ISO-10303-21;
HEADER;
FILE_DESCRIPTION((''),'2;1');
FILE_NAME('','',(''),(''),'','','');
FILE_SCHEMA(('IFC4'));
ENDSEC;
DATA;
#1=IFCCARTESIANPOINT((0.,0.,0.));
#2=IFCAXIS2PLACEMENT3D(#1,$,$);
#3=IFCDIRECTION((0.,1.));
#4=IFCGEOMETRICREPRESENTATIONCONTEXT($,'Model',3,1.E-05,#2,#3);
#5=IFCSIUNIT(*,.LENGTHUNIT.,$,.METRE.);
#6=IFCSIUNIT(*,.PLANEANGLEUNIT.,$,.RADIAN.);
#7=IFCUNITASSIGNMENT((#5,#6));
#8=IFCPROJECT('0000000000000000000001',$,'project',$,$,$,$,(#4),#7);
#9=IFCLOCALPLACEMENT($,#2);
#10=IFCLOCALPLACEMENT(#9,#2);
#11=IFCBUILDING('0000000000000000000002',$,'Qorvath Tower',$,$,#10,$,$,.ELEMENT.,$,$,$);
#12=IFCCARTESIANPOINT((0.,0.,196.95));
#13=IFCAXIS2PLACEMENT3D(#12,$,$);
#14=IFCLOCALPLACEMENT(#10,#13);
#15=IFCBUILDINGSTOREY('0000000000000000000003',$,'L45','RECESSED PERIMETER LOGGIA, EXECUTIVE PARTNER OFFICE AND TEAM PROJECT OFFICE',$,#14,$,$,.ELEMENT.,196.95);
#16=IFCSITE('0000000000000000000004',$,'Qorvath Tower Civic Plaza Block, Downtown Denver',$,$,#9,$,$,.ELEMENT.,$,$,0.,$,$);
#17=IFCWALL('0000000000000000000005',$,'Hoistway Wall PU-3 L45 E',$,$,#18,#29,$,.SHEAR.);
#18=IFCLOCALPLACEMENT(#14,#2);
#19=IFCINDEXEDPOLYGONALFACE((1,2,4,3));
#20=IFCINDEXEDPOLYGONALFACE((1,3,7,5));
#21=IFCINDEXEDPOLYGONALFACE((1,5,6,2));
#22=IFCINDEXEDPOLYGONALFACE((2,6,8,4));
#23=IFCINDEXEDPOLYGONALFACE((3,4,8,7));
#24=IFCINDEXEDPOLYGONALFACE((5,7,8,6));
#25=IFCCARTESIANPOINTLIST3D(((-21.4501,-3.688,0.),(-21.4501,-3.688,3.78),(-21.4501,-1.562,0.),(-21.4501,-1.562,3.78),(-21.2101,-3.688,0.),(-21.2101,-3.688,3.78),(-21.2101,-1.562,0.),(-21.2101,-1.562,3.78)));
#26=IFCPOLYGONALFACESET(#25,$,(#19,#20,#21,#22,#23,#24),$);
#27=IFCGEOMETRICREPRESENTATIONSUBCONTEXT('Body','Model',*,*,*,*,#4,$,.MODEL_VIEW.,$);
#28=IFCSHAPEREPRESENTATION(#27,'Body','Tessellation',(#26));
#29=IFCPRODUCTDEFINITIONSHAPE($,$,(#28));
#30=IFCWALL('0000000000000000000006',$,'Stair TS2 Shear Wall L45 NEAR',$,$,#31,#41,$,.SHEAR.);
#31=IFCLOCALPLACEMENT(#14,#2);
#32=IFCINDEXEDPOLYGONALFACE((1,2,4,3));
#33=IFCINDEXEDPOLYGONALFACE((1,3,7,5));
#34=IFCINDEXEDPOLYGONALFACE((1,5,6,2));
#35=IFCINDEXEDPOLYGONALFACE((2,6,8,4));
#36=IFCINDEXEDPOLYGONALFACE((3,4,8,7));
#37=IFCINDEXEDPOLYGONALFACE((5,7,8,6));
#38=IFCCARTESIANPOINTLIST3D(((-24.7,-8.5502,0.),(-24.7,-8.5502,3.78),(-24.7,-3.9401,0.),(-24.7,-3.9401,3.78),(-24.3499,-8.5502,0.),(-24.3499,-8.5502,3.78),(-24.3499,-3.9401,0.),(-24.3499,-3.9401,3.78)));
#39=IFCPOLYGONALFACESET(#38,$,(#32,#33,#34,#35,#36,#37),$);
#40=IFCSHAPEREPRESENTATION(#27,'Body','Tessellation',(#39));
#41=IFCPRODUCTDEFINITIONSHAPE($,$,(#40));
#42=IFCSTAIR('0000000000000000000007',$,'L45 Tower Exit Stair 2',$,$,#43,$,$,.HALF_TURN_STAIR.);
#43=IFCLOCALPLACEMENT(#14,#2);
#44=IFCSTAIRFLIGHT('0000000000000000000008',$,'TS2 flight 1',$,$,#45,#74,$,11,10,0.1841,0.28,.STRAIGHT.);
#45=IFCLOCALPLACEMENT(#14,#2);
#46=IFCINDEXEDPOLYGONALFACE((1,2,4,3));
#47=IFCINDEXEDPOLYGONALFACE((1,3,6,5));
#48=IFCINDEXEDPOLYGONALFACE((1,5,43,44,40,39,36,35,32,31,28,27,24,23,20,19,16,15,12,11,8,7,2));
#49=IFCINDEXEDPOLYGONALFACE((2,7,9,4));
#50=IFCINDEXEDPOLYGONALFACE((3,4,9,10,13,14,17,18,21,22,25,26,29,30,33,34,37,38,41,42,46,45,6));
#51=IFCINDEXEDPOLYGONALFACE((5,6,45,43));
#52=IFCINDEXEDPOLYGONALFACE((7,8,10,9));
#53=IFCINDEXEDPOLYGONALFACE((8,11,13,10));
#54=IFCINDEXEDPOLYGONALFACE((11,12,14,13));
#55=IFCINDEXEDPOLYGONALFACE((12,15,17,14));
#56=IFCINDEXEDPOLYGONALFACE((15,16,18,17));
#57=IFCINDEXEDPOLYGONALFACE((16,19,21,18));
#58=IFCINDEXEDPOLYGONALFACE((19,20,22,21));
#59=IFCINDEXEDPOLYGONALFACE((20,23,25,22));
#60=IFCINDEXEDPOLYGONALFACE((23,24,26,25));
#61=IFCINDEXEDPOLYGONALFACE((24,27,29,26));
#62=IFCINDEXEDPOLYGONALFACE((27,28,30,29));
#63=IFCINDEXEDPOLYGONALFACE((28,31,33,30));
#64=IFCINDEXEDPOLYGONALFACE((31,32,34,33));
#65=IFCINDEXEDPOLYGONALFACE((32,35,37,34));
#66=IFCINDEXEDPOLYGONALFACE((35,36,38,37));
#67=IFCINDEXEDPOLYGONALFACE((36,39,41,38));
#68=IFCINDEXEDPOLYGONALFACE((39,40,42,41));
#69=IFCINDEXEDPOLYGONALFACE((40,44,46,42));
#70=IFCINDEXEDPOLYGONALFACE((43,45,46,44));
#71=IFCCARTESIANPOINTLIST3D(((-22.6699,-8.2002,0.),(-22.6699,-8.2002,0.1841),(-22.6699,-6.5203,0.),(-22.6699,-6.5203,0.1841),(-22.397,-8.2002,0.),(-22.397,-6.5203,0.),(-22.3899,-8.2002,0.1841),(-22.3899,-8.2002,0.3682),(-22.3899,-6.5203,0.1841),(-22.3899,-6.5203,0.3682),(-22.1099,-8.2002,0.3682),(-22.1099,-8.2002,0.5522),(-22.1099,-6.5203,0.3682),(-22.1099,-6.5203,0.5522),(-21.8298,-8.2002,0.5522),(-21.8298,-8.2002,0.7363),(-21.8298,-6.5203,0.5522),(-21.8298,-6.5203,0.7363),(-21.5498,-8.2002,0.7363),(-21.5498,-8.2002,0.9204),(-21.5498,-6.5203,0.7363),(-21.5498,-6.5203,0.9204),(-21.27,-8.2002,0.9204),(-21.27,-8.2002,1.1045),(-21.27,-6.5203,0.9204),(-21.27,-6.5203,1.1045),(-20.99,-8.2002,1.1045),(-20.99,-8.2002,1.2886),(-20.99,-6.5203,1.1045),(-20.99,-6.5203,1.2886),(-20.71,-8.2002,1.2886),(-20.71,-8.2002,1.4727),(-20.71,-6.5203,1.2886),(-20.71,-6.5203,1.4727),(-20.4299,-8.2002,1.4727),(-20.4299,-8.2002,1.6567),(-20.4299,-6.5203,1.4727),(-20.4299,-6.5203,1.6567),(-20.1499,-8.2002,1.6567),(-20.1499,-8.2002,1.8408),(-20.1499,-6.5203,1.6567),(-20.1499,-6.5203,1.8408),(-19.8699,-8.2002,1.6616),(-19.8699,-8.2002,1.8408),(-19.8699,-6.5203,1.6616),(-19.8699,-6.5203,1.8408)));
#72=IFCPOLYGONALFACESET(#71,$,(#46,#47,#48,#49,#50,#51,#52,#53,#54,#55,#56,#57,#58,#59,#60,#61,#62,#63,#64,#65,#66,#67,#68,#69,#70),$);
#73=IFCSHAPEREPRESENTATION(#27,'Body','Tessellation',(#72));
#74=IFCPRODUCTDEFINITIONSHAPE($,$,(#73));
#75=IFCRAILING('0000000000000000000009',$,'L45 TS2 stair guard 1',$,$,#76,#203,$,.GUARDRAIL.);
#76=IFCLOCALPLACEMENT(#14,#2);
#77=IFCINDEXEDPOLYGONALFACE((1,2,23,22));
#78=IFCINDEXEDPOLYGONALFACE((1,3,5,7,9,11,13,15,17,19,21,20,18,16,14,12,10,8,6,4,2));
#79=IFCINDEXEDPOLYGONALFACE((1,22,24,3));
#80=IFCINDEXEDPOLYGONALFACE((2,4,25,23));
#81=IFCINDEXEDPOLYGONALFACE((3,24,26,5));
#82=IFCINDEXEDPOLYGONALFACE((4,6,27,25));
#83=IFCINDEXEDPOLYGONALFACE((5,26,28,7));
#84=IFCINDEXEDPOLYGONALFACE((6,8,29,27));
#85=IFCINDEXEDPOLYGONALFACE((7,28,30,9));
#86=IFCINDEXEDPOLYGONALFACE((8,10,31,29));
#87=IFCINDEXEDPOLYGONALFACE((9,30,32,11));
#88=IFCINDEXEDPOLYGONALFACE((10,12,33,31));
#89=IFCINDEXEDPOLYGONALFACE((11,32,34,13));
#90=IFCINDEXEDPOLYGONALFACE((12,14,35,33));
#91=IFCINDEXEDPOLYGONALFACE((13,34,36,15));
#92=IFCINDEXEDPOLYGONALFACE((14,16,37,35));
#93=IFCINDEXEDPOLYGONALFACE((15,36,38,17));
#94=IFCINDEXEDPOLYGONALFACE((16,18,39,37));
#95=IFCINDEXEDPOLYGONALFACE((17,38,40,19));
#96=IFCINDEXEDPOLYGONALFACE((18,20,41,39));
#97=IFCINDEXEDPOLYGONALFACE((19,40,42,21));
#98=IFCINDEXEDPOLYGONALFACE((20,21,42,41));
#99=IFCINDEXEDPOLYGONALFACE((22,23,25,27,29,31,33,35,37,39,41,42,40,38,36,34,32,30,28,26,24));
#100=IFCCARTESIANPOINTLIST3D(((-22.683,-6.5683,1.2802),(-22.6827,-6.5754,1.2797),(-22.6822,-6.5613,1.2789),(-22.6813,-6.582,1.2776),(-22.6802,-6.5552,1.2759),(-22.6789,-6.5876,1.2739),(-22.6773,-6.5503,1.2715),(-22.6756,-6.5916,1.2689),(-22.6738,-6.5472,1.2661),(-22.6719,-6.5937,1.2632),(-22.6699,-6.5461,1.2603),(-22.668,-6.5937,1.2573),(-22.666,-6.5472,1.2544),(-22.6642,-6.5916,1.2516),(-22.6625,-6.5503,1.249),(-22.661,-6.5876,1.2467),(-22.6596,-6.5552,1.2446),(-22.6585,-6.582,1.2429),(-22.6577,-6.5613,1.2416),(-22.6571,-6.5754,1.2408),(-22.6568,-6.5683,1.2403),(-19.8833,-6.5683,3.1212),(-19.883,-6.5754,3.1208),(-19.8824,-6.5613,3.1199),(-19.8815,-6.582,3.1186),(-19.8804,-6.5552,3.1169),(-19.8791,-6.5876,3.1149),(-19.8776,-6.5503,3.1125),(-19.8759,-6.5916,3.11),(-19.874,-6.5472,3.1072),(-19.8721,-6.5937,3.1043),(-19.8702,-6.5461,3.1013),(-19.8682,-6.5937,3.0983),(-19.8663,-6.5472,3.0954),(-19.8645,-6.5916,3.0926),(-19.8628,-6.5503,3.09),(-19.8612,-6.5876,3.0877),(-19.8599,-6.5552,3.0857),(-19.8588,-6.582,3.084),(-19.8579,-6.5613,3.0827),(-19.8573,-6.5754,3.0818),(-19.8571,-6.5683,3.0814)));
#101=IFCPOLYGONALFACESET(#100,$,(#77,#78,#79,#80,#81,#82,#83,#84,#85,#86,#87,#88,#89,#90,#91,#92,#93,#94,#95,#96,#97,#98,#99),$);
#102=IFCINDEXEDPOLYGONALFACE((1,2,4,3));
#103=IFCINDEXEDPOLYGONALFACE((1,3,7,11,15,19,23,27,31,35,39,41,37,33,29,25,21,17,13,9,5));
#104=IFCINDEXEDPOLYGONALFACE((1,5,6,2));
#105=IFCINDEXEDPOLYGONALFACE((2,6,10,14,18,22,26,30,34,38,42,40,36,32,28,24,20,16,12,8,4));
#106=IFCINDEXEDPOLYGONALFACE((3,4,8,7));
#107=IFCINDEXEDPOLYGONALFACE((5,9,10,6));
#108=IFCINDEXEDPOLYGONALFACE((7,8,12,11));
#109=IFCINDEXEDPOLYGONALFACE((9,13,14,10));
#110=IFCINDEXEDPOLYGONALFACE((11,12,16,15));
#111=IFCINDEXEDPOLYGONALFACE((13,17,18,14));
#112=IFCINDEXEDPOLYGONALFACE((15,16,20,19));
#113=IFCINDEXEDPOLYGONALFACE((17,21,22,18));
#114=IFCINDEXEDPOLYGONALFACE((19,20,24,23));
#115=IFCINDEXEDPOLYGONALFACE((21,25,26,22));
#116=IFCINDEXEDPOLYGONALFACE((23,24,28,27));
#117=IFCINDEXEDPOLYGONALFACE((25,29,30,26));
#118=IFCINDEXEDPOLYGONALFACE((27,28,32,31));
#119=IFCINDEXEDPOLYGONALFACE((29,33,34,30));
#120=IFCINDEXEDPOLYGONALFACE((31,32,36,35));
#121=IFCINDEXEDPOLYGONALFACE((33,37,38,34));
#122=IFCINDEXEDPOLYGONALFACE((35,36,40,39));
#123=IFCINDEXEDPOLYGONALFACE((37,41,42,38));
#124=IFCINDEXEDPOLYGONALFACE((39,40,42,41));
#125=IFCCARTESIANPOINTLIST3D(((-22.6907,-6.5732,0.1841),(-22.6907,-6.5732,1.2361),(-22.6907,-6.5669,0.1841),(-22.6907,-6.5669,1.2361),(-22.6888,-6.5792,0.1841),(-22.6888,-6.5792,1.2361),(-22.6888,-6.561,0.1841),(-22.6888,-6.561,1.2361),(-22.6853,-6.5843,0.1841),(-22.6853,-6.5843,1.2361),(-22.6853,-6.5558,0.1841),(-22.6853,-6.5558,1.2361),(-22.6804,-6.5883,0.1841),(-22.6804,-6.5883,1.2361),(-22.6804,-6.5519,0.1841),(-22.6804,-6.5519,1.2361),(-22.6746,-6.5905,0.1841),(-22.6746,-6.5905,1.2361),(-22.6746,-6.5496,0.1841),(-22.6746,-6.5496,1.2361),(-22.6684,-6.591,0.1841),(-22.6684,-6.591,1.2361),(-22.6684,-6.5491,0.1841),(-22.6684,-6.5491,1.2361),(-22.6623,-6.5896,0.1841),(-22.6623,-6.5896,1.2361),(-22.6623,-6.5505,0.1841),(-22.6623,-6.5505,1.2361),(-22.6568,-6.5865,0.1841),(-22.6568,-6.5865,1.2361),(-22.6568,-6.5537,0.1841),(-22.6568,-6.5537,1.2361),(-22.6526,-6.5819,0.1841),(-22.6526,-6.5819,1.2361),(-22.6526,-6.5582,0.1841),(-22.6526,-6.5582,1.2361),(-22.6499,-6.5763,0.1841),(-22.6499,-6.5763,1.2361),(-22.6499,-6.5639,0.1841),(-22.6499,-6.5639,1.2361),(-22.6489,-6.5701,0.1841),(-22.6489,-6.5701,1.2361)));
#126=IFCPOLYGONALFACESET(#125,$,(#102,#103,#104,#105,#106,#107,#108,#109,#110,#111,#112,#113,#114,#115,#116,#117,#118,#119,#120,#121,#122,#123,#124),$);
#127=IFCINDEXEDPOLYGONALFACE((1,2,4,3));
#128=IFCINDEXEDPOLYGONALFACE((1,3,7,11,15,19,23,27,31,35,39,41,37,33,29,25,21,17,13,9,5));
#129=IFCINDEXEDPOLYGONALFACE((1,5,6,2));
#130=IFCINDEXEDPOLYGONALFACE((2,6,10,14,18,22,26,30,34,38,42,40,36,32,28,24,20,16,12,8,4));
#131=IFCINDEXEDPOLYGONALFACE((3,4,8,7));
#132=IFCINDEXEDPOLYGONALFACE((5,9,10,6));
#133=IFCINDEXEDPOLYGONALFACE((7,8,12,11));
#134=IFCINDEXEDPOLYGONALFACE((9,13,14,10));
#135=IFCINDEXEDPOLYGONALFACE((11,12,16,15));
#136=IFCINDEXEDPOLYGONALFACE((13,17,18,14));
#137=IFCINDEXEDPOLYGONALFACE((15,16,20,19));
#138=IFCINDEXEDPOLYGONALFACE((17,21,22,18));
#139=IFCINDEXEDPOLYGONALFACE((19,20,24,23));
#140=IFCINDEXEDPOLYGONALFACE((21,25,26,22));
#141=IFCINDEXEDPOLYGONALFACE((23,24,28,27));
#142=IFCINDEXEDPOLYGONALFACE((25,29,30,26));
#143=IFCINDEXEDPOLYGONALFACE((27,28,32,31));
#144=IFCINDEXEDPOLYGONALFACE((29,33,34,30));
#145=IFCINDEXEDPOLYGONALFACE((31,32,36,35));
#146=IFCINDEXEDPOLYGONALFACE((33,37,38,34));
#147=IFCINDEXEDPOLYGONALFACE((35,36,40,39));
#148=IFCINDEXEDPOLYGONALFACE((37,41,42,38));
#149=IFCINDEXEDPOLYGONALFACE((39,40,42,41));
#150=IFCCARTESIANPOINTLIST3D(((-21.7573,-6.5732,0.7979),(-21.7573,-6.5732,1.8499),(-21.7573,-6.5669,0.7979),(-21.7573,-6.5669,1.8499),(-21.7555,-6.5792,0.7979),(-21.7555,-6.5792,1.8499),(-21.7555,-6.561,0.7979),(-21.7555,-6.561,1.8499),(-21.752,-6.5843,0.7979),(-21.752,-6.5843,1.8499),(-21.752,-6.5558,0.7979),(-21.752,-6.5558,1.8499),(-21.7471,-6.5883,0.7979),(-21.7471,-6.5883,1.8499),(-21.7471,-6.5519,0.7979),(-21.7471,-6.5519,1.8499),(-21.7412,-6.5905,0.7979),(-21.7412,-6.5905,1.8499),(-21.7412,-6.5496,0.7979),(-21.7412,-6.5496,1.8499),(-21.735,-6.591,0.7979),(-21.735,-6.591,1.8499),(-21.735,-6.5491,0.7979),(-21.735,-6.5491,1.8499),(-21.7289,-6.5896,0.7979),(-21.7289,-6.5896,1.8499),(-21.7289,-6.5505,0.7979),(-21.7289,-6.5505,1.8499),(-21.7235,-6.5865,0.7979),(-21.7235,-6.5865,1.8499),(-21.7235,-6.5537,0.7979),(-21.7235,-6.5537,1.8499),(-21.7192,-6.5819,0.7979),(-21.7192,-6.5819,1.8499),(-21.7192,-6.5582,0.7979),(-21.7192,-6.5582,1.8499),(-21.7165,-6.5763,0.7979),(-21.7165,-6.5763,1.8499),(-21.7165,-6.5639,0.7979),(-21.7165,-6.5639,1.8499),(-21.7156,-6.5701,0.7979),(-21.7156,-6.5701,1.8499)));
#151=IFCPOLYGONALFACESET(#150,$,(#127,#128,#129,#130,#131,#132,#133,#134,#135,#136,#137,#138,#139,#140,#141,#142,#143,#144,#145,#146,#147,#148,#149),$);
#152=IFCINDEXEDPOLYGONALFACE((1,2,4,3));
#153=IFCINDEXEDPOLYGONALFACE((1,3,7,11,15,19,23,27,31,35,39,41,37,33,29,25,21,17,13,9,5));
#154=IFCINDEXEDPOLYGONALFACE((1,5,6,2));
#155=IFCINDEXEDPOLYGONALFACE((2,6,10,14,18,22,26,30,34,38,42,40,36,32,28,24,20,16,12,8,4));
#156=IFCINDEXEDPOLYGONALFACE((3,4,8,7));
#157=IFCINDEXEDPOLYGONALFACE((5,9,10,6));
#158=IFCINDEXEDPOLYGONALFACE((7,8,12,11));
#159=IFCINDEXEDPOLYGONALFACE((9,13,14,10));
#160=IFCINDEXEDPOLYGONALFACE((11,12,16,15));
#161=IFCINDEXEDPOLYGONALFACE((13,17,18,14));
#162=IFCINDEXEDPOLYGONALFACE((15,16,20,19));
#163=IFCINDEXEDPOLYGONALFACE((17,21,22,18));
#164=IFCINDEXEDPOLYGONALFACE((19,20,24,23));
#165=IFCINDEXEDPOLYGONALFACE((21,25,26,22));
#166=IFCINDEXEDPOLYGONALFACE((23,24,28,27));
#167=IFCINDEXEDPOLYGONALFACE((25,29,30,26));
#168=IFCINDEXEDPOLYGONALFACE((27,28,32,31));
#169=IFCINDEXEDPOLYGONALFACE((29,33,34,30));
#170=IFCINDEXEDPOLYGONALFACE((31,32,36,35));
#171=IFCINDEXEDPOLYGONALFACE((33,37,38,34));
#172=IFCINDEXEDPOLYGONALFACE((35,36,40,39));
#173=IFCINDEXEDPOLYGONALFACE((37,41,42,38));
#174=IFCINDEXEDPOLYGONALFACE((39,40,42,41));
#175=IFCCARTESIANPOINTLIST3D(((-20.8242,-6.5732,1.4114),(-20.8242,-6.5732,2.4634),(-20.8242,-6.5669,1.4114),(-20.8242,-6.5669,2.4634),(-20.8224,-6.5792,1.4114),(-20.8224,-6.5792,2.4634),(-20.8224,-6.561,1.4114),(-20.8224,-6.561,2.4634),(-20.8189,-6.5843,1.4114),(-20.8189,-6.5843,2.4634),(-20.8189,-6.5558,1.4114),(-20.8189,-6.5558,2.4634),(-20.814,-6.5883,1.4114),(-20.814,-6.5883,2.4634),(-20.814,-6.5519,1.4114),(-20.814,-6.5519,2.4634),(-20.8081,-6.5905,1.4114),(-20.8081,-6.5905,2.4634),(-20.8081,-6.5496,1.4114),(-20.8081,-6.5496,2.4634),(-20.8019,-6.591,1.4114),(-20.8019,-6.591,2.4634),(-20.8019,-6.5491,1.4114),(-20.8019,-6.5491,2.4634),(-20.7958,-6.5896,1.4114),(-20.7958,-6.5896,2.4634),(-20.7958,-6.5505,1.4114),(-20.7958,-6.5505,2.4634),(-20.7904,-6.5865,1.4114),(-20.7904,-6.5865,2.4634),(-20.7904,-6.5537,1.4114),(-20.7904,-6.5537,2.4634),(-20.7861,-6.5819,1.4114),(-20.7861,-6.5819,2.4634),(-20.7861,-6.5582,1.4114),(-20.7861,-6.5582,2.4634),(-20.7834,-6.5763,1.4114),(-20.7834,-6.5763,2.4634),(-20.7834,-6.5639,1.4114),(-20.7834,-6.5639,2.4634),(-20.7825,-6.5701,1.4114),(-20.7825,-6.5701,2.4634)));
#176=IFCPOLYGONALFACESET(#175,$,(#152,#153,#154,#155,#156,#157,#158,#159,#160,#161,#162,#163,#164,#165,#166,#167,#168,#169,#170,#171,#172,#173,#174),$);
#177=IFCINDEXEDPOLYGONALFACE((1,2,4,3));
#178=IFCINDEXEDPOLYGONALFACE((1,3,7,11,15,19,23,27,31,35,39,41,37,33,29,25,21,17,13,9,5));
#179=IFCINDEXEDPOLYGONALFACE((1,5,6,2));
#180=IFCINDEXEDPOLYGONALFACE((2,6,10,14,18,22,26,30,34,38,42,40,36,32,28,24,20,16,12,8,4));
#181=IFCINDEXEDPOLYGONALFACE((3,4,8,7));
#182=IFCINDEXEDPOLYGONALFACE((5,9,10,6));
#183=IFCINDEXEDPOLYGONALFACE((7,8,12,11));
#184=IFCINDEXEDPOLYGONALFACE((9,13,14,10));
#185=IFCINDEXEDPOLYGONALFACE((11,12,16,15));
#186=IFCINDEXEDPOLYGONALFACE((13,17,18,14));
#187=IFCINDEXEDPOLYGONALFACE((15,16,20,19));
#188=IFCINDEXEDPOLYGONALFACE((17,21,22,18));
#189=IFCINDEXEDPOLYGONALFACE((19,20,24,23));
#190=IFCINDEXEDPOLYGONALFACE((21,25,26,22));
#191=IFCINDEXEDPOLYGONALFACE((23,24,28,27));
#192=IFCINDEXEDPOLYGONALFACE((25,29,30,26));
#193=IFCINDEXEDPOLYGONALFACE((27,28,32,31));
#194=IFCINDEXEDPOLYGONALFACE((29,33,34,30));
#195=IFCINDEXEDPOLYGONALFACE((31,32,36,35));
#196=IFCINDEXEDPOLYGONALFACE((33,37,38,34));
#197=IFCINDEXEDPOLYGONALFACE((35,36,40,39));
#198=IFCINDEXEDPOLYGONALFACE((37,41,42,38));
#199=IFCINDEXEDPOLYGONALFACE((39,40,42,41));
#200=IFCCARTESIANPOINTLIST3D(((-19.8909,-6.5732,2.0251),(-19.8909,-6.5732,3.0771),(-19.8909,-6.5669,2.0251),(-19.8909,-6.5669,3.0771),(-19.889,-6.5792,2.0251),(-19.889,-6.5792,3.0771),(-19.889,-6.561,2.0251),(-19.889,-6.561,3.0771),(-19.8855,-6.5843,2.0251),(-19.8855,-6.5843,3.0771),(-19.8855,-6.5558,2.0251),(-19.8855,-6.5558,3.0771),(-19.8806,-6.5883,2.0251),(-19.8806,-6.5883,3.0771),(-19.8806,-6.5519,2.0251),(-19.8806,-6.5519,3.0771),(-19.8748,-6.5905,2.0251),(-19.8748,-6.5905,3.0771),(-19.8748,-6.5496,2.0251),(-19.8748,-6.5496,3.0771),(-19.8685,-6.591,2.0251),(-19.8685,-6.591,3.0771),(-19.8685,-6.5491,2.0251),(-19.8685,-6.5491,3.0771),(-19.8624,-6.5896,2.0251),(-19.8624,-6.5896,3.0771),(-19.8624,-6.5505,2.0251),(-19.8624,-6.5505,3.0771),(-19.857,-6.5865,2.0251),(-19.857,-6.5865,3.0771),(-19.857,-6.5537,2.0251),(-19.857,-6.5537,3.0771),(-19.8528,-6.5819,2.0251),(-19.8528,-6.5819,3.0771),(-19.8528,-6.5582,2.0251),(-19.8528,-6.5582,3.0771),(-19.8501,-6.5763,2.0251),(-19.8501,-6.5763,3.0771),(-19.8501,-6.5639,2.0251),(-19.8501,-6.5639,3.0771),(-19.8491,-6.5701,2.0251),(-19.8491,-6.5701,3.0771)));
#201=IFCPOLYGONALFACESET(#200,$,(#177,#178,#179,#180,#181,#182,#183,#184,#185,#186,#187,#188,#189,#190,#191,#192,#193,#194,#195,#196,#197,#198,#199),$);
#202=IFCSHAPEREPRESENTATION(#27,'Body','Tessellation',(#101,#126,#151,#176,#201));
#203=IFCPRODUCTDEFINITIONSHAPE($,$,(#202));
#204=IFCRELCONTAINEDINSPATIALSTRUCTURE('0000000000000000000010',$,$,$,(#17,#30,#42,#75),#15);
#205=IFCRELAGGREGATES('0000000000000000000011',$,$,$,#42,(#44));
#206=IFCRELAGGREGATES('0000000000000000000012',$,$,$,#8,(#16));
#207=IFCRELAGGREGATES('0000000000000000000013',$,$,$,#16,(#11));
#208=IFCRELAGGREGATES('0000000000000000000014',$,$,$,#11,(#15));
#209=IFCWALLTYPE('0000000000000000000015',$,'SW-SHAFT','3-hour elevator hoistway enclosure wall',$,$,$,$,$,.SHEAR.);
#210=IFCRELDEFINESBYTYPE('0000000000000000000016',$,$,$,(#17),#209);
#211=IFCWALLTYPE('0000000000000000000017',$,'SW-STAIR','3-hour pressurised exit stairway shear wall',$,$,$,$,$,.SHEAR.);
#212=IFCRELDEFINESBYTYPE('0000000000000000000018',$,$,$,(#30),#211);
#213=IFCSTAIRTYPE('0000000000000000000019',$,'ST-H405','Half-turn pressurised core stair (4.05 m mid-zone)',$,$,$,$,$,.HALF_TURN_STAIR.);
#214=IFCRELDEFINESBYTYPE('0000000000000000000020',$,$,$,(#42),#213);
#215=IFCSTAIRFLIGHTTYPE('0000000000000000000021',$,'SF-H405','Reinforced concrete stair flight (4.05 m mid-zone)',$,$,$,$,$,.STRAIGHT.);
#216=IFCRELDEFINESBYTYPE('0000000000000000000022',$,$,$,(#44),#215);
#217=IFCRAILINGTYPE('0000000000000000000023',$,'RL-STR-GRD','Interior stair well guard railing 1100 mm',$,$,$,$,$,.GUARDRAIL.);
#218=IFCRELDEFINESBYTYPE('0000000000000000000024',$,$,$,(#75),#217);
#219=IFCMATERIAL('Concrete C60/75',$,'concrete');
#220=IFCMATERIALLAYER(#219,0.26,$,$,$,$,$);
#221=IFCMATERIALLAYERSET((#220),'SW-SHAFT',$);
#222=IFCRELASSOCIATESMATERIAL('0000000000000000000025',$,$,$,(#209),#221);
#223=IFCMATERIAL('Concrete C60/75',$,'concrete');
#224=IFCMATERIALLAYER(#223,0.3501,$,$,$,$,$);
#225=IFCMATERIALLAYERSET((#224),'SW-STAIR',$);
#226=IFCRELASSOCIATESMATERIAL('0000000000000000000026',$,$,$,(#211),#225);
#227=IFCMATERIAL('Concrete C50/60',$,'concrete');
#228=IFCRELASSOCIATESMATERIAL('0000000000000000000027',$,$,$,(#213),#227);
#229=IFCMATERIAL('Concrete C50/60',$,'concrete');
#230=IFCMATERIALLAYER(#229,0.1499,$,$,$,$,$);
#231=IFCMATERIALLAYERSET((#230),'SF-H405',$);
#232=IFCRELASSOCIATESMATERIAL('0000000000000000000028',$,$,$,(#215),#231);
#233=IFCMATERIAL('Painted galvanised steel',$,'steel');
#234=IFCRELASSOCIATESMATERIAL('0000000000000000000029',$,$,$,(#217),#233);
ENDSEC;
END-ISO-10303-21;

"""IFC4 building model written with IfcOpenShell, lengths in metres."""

from ifc_helpers import new_model, si_unit, direction, frame, frame_2d, origin, origin_2d, place, context, subcontext, project, spatial, polyline, rectangle, circle, outline, extrude, material, layer, layer_set, type_object, element, aggregate, save


model = new_model("IFC4")

# Units and contexts
model_context = context("Model", 3, precision=1e-05, world=origin(), true_north=direction((0.0, 1.0)))
body_context = subcontext(model_context, "Body", "Model", "MODEL_VIEW")
ifc_project = project(units=[si_unit("LENGTHUNIT", "METRE"), si_unit("PLANEANGLEUNIT", "RADIAN")], contexts=[model_context])

# Site, building, storey
site_placement = place(None, origin())
site = spatial("IfcSite", under=ifc_project, at=site_placement, Name="Qorvath Tower Civic Plaza Block, Downtown Denver", CompositionType="ELEMENT", RefElevation=0.0)
building_placement = place(site_placement, origin())
building = spatial("IfcBuilding", under=site, at=building_placement, Name="Qorvath Tower", CompositionType="ELEMENT")
storey_placement = place(building_placement, frame((0.0, 0.0, 196.95)))
storey = spatial("IfcBuildingStorey", under=building, at=storey_placement, Name="L45", Description="RECESSED PERIMETER LOGGIA, EXECUTIVE PARTNER OFFICE AND TEAM PROJECT OFFICE", CompositionType="ELEMENT", Elevation=196.95)

# Shared definitions
ifc_material_1 = material(Name="Concrete C60/75", Category="concrete")
ifc_layer_1 = layer(ifc_material_1, 0.26)
ifc_layer_set_1 = layer_set([ifc_layer_1], Name="SW-SHAFT")
wall_type_1 = type_object("IfcWallType", Name="SW-SHAFT", Description="3-hour elevator hoistway enclosure wall", PredefinedType="SHEAR", material=ifc_layer_set_1)

# Walls
wall_1_placement = place(storey_placement, frame((-21.3301, -1.562, 0.0), z_axis=(0.0, 0.0, 1.0), x_axis=(0.0, -1.0, 0.0)))
element("IfcWall", 1, at=wall_1_placement, inside=storey, type_object=wall_type_1, Name="Hoistway Wall PU-3 L45 E", PredefinedType="SHEAR", context=body_context, shape_type="SweptSolid", body=[
    extrude(rectangle(XDim=2.126, YDim=0.24, at=frame_2d((1.063, 0.0))), origin(), (0.0, 0.0, 1.0), 3.78),
])
ifc_material_2 = material(Name="Concrete C60/75", Category="concrete")
ifc_layer_2 = layer(ifc_material_2, 0.3501)
ifc_layer_set_2 = layer_set([ifc_layer_2], Name="SW-STAIR")
wall_type_2 = type_object("IfcWallType", Name="SW-STAIR", Description="3-hour pressurised exit stairway shear wall", PredefinedType="SHEAR", material=ifc_layer_set_2)
wall_2_placement = place(storey_placement, frame((-24.5249, -3.9399, 0.0), z_axis=(0.0, 0.0, 1.0), x_axis=(0.0, -1.0, 0.0)))
element("IfcWall", 2, at=wall_2_placement, inside=storey, type_object=wall_type_2, Name="Stair TS2 Shear Wall L45 NEAR", PredefinedType="SHEAR", context=body_context, shape_type="SweptSolid", body=[
    extrude(rectangle(XDim=4.6101, YDim=0.3501, at=frame_2d((2.3052, 0.0))), origin(), (0.0, 0.0, 1.0), 3.78),
])

# Stair, stair flight
ifc_material_3 = material(Name="Concrete C50/60", Category="concrete")
stair_type = type_object("IfcStairType", Name="ST-H405", Description="Half-turn pressurised core stair (4.05 m mid-zone)", PredefinedType="HALF_TURN_STAIR", material=ifc_material_3)
stair_placement = place(storey_placement, origin())
stair = element("IfcStair", 3, at=stair_placement, inside=storey, type_object=stair_type, Name="L45 Tower Exit Stair 2", PredefinedType="HALF_TURN_STAIR")
ifc_material_4 = material(Name="Concrete C50/60", Category="concrete")
ifc_layer_3 = layer(ifc_material_4, 0.1499)
ifc_layer_set_3 = layer_set([ifc_layer_3], Name="SF-H405")
stair_flight_type = type_object("IfcStairFlightType", Name="SF-H405", Description="Reinforced concrete stair flight (4.05 m mid-zone)", PredefinedType="STRAIGHT", material=ifc_layer_set_3)
stair_flight_placement = place(storey_placement, frame((-22.6699, -7.3601, 0.0), z_axis=(0.0, 0.0, 1.0), x_axis=(1.0, 0.0, 0.0)))
stair_flight = element("IfcStairFlight", 4, at=stair_flight_placement, type_object=stair_flight_type, Name="TS2 flight 1", NumberOfRisers=11, NumberOfTreads=10, PredefinedType="STRAIGHT", RiserHeight=0.1841, TreadLength=0.28, context=body_context, shape_type="SweptSolid", body=[
    extrude(outline(polyline([(0.0, 0.0), (0.0, 0.1841), (0.28, 0.1841), (0.28, 0.3682), (0.5601, 0.3682), (0.5601, 0.5522), (0.8401, 0.5522), (0.8401, 0.7363), (1.1201, 0.7363), (1.1201, 0.9204), (1.3999, 0.9204), (1.3999, 1.1045), (1.6799, 1.1045), (1.6799, 1.2886), (1.96, 1.2886), (1.96, 1.4727), (2.24, 1.4727), (2.24, 1.6567), (2.52, 1.6567), (2.52, 1.8408), (2.8, 1.8408), (2.8, 2.0249), (2.8, 1.6616), (0.2729, 0.0), (0.0, 0.0)])), frame((0.0, 0.8398, 0.0), z_axis=(0.0, -1.0, 0.0), x_axis=(1.0, 0.0, 0.0)), (0.0, 0.0, 1.0), 1.6799),
])
aggregate(stair, [stair_flight])

# Railing
ifc_material_5 = material(Name="Painted galvanised steel", Category="steel")
railing_type = type_object("IfcRailingType", Name="RL-STR-GRD", Description="Interior stair well guard railing 1100 mm", PredefinedType="GUARDRAIL", material=ifc_material_5)
railing_1_placement = place(storey_placement, frame((-22.6699, -6.5701, 0.1841)))
element("IfcRailing", 5, at=railing_1_placement, inside=storey, type_object=railing_type, Name="L45 TS2 stair guard 1", PredefinedType="GUARDRAIL", context=body_context, shape_type="SweptSolid", body=[
    extrude(circle(Radius=0.0239, at=origin_2d()), frame((0.0, 0.0, 1.0762), z_axis=(0.835542, 0.0, 0.549426), x_axis=(0.0, 1.0, 0.0)), (0.0, 0.0, 1.0), 3.3508),
    extrude(circle(Radius=0.021, at=origin_2d()), origin(), (0.0, 0.0, 1.0), 1.052),
    extrude(circle(Radius=0.021, at=origin_2d()), frame((0.9333, 0.0, 0.6138)), (0.0, 0.0, 1.0), 1.052),
    extrude(circle(Radius=0.021, at=origin_2d()), frame((1.8665, 0.0, 1.2273)), (0.0, 0.0, 1.0), 1.052),
    extrude(circle(Radius=0.021, at=origin_2d()), frame((2.7998, 0.0, 1.8411)), (0.0, 0.0, 1.0), 1.052),
])

save(model, "model.ifc")
